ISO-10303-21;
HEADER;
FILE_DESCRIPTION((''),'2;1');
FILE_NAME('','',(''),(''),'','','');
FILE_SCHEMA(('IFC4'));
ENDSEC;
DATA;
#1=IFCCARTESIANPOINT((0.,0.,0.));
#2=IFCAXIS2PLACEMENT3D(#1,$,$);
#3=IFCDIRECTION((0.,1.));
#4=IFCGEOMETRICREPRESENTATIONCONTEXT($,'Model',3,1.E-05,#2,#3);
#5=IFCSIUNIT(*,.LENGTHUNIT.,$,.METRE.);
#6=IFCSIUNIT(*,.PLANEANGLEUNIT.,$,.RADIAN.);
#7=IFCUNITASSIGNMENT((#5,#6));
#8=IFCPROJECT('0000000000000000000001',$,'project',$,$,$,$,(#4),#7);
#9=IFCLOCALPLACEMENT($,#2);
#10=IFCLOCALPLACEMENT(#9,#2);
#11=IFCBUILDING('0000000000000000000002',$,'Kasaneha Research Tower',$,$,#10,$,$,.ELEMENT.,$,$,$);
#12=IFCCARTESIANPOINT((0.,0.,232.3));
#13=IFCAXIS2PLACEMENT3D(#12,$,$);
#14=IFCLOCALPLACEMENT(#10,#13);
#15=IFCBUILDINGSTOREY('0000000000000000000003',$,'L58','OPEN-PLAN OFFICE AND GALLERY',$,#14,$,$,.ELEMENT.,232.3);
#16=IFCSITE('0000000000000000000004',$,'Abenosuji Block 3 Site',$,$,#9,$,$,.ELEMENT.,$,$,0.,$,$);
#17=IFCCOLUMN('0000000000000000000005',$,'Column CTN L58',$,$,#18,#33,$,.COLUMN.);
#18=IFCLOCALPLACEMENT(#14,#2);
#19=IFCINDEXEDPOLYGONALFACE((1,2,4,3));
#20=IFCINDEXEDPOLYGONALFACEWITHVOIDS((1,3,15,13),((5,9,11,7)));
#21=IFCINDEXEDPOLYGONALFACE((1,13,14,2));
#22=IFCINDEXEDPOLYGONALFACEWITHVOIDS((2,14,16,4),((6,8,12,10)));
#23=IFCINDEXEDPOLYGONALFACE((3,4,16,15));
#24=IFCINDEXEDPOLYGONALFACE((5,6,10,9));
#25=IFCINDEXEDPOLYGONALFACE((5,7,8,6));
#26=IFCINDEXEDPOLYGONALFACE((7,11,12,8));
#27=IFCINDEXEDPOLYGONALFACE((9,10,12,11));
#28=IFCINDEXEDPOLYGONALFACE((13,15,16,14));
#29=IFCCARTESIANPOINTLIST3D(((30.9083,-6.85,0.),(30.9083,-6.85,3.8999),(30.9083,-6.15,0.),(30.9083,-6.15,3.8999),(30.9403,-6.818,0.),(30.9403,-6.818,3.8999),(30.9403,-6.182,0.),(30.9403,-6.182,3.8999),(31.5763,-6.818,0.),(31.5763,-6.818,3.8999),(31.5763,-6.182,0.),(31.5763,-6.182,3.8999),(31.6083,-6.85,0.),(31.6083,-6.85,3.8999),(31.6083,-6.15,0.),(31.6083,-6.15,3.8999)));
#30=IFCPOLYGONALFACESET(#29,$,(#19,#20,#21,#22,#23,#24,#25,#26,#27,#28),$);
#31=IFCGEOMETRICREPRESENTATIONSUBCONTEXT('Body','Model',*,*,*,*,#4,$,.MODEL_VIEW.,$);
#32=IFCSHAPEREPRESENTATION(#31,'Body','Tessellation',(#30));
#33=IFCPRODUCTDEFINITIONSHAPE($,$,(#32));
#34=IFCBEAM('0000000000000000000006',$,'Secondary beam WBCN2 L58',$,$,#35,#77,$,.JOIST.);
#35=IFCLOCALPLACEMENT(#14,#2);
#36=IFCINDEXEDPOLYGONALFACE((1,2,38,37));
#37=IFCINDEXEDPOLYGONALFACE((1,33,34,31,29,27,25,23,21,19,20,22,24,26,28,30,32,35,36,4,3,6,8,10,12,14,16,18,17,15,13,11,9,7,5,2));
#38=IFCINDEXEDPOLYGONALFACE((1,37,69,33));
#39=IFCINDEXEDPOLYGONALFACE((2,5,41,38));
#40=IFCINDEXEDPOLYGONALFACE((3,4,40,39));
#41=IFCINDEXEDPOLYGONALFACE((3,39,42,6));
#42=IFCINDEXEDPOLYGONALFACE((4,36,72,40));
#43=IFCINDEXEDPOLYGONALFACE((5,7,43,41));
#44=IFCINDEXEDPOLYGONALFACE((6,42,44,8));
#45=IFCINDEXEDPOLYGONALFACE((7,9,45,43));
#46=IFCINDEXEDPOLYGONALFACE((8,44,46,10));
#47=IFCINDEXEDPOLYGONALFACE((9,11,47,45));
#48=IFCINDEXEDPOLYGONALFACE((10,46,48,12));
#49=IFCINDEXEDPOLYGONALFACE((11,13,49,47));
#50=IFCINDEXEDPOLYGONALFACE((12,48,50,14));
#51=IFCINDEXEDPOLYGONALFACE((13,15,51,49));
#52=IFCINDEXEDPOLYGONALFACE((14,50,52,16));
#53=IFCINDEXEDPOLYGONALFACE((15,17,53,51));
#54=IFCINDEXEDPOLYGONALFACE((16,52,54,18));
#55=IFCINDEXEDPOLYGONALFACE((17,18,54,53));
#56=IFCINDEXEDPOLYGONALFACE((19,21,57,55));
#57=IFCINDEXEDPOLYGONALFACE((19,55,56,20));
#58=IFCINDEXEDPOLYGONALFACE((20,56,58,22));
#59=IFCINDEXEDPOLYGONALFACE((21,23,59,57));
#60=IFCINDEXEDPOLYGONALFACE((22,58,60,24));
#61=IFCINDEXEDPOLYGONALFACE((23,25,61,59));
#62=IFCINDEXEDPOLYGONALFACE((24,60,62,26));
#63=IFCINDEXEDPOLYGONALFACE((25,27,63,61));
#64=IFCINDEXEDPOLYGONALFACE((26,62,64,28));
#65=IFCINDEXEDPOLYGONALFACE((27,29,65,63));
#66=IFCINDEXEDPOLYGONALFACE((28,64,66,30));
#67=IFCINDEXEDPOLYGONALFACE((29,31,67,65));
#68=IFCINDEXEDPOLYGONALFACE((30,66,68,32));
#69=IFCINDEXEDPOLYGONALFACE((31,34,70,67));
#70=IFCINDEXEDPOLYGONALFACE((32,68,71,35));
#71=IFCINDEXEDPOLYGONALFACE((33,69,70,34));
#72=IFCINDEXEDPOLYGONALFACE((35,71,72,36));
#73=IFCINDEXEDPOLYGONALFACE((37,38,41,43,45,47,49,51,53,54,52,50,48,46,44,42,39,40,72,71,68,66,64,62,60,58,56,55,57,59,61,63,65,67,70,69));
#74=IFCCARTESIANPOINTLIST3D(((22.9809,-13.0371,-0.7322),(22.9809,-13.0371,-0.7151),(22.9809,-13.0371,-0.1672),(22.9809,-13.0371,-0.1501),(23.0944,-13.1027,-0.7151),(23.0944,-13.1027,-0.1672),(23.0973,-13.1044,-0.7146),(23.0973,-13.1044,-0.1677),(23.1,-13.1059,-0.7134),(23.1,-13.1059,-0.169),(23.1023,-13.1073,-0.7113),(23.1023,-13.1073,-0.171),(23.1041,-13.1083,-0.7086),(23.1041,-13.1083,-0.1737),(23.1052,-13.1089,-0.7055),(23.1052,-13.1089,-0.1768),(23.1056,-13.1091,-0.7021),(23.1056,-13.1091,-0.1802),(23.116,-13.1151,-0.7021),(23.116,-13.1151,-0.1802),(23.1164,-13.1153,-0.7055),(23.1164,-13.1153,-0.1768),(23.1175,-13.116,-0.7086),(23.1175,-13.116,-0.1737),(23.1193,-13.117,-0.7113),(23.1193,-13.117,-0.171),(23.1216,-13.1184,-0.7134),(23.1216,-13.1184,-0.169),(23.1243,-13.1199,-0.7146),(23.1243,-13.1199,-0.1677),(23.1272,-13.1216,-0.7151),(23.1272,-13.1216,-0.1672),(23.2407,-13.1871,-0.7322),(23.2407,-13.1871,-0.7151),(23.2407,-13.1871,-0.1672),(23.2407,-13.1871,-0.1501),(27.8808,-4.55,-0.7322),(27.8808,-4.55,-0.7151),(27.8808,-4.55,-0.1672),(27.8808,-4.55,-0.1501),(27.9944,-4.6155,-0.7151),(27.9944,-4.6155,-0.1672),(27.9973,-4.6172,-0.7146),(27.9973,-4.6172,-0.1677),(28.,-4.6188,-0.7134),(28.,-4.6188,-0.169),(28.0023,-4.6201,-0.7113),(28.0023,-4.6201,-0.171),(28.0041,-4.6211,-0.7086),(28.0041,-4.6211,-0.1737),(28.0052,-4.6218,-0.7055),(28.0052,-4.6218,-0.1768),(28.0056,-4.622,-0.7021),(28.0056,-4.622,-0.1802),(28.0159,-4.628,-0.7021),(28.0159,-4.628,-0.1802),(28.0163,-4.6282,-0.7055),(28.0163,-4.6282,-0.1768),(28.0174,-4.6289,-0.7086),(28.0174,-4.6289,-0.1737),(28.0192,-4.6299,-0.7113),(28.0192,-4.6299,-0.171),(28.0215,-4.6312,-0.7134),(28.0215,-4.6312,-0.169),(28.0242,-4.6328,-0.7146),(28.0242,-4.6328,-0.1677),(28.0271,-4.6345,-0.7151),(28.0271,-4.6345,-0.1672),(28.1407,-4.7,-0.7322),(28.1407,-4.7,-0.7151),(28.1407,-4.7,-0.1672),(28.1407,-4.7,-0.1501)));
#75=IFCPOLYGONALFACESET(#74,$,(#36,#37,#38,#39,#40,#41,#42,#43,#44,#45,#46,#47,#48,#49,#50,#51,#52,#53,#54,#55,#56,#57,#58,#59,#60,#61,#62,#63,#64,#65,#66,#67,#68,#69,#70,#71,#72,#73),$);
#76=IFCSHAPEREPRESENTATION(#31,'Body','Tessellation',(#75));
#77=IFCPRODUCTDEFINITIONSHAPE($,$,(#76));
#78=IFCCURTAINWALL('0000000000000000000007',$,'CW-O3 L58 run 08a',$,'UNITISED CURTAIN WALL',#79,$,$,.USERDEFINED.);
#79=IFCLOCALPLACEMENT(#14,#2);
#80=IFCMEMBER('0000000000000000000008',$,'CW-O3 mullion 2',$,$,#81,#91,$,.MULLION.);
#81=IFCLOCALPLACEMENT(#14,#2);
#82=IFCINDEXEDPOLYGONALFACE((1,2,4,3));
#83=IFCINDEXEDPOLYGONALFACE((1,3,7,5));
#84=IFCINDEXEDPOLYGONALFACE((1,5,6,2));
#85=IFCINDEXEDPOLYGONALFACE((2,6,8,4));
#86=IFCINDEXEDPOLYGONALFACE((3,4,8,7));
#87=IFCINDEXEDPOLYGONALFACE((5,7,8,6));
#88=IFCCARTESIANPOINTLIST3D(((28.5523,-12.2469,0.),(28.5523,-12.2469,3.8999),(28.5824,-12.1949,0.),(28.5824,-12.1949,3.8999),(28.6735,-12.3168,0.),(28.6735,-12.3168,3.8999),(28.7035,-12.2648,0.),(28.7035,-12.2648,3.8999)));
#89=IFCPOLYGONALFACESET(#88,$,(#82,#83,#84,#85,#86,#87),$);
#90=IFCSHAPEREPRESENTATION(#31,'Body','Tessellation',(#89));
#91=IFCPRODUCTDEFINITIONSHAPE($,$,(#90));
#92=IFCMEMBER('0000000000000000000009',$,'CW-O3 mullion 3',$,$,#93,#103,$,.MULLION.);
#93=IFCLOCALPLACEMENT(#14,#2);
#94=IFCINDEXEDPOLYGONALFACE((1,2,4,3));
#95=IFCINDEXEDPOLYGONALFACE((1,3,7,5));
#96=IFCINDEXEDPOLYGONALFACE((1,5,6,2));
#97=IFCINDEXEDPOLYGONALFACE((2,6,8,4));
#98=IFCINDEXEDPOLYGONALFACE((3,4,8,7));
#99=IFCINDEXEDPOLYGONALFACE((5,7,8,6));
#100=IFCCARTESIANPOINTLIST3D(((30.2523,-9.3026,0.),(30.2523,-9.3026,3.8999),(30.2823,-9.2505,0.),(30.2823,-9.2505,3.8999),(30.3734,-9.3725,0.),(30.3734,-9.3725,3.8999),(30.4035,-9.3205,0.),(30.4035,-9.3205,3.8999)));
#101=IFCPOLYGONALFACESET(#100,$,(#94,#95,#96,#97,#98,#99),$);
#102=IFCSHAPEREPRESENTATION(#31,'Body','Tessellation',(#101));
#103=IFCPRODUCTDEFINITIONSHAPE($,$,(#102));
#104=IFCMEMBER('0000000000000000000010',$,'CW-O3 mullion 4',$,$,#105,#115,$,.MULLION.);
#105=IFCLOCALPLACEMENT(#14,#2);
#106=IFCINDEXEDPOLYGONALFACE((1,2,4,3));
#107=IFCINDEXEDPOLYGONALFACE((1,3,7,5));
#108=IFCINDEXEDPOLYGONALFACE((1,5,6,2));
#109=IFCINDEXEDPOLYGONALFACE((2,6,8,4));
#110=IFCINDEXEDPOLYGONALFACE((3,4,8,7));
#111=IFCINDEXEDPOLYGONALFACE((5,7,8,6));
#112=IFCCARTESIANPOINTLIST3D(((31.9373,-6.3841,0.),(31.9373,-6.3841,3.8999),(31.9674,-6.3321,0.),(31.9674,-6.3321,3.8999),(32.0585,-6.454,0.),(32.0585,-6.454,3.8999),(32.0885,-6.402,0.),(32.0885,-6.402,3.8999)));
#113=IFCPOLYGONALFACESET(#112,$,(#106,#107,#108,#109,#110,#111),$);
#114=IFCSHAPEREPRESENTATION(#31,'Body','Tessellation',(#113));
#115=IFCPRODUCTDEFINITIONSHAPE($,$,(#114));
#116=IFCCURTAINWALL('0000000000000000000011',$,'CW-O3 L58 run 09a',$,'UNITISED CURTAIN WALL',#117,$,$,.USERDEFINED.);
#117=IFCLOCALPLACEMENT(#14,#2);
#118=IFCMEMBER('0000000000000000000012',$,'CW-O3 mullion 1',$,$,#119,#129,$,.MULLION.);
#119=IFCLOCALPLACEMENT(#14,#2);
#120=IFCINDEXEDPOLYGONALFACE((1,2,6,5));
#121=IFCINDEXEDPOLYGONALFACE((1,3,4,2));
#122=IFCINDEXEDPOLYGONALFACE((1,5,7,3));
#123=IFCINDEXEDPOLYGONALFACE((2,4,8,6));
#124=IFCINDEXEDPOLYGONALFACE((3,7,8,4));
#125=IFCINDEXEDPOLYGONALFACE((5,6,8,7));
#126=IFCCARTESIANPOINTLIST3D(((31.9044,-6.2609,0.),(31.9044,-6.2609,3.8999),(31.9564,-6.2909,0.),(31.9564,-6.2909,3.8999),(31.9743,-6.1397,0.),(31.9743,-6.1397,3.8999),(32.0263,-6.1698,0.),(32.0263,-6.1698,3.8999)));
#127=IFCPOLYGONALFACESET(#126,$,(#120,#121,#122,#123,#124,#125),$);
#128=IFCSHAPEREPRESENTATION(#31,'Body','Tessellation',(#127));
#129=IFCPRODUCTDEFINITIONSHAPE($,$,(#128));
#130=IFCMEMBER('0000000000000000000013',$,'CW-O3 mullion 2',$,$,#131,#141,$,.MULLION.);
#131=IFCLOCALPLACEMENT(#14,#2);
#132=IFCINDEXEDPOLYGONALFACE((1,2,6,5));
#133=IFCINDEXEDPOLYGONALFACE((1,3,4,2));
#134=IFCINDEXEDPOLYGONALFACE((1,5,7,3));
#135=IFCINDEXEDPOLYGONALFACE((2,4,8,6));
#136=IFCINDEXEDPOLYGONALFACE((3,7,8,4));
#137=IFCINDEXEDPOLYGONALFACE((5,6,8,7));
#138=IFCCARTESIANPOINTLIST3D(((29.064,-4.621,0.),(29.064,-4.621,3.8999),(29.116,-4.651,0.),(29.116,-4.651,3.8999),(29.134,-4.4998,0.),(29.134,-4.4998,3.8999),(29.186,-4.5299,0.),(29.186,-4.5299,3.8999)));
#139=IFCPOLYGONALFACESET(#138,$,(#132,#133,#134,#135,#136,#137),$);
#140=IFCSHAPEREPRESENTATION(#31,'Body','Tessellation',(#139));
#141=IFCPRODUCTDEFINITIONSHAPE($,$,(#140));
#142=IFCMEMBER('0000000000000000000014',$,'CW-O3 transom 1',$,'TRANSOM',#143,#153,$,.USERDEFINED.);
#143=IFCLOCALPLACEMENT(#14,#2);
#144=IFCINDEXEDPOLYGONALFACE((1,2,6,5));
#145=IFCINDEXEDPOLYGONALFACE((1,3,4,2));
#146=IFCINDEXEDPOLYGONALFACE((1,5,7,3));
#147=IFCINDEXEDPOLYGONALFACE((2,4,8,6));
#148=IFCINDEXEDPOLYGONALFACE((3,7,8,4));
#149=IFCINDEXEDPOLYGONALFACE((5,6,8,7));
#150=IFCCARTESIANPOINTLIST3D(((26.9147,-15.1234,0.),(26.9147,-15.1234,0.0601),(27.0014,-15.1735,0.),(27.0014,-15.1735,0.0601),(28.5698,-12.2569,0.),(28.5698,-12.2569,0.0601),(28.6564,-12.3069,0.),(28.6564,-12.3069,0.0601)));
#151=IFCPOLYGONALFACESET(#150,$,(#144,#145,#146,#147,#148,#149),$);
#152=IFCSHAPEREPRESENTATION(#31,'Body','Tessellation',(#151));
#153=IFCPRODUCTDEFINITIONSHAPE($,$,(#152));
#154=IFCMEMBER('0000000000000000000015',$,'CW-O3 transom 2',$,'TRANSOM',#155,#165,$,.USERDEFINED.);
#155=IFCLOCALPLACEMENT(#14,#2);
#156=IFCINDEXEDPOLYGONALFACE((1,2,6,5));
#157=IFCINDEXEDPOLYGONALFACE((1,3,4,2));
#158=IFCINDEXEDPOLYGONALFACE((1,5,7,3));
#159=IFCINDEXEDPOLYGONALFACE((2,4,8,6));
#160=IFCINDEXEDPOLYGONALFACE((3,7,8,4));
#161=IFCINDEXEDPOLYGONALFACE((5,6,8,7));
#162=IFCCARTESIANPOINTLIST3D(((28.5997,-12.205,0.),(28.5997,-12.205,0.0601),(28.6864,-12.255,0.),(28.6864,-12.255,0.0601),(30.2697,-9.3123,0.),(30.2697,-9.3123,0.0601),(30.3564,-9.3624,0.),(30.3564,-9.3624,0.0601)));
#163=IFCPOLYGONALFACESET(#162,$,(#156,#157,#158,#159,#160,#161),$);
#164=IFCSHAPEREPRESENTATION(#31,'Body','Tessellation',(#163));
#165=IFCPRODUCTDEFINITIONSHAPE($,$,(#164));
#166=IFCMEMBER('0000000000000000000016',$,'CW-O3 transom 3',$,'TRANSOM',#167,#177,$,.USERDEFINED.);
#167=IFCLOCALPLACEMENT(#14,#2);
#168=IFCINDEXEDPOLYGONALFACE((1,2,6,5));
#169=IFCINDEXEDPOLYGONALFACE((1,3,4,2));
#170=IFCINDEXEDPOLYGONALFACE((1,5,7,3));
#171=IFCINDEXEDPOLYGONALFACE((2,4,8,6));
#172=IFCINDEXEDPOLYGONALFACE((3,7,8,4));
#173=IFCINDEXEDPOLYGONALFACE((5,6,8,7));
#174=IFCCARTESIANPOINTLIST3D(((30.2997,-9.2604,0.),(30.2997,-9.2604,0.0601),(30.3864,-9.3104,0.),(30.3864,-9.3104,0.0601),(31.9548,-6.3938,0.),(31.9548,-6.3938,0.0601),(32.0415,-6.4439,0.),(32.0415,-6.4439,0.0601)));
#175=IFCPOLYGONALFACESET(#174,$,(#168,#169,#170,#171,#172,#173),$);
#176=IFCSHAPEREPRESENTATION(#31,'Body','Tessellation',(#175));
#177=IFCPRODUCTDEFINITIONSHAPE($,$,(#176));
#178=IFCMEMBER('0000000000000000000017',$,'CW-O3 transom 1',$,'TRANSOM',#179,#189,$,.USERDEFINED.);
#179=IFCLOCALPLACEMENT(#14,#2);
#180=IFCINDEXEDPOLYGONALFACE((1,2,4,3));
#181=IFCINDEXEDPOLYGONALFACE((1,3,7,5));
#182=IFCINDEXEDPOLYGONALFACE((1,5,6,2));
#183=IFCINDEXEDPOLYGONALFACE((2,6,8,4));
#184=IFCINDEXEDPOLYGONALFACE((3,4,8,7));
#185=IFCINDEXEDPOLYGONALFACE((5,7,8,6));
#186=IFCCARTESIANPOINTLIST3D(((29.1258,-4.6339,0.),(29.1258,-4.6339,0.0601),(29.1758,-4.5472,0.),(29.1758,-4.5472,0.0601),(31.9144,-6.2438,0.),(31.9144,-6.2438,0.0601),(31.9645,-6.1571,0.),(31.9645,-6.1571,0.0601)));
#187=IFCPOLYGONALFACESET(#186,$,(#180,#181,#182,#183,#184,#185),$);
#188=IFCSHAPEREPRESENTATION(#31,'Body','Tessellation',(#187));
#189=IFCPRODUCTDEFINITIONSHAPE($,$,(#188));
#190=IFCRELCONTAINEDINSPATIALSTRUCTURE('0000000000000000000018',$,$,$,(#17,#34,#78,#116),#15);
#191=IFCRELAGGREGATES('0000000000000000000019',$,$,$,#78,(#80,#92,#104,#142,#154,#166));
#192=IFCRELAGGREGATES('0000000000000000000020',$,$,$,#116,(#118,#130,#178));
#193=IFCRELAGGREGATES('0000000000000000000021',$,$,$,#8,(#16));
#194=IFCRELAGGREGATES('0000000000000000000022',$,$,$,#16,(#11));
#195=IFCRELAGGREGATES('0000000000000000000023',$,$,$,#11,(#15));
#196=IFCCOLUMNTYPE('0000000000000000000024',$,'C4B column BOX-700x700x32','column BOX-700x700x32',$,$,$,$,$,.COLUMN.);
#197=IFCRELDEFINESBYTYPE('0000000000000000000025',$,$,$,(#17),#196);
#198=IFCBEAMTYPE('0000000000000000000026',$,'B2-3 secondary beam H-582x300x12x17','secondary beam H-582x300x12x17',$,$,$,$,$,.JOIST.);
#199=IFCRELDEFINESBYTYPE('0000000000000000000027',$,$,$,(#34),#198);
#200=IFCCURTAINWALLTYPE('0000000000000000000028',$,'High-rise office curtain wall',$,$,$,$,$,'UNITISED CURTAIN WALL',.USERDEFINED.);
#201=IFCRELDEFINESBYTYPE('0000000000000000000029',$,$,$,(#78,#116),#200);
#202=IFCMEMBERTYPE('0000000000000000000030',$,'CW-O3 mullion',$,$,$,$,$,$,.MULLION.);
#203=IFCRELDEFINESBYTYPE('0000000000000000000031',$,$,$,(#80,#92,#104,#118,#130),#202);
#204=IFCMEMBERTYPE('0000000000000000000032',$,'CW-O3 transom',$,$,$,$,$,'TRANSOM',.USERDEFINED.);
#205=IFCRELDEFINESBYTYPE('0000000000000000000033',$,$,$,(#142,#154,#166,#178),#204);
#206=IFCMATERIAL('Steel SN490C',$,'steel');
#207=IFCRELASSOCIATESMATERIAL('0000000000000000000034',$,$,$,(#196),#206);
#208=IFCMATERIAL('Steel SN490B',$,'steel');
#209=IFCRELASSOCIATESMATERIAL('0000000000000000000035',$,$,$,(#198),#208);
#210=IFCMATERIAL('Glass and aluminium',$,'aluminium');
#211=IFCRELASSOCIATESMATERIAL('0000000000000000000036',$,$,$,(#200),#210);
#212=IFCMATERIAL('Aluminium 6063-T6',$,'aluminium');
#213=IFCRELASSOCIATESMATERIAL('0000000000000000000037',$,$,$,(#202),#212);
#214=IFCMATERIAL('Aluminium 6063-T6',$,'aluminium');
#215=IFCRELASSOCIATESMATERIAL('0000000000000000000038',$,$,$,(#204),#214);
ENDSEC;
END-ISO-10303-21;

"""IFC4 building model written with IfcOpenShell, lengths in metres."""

from ifc_helpers import new_model, si_unit, direction, frame, origin, origin_2d, place, context, subcontext, project, spatial, rectangle, hollow_rectangle, i_section, extrude, material, material_profile, profile_set, type_object, element, aggregate, save


model = new_model("IFC4")

# Units and contexts
model_context = context("Model", 3, precision=1e-05, world=origin(), true_north=direction((0.0, 1.0)))
body_context = subcontext(model_context, "Body", "Model", "MODEL_VIEW")
ifc_project = project(units=[si_unit("LENGTHUNIT", "METRE"), si_unit("PLANEANGLEUNIT", "RADIAN")], contexts=[model_context])

# Site, building, storey
site_placement = place(None, origin())
site = spatial("IfcSite", under=ifc_project, at=site_placement, Name="Abenosuji Block 3 Site", CompositionType="ELEMENT", RefElevation=0.0)
building_placement = place(site_placement, origin())
building = spatial("IfcBuilding", under=site, at=building_placement, Name="Kasaneha Research Tower", CompositionType="ELEMENT")
storey_placement = place(building_placement, frame((0.0, 0.0, 232.3)))
storey = spatial("IfcBuildingStorey", under=building, at=storey_placement, Name="L58", Description="OPEN-PLAN OFFICE AND GALLERY", CompositionType="ELEMENT", Elevation=232.3)

# Column
ifc_material_1 = material(Name="Steel SN490C", Category="steel")
ifc_material_profile_1 = material_profile(ifc_material_1, hollow_rectangle(XDim=0.7, YDim=0.7, WallThickness=0.032, at=origin_2d()), Name="BOX-700x700x32")
ifc_profile_set_1 = profile_set([ifc_material_profile_1], Name="Steel SN490C")
column_type = type_object("IfcColumnType", Name="C4B column BOX-700x700x32", Description="column BOX-700x700x32", PredefinedType="COLUMN", material=ifc_profile_set_1)
column_placement = place(storey_placement, frame((31.2583, -6.5, 0.0), z_axis=(0.0, 0.0, 1.0), x_axis=(1.0, 0.0, 0.0)))
element("IfcColumn", 1, at=column_placement, inside=storey, type_object=column_type, Name="Column CTN L58", PredefinedType="COLUMN", context=body_context, shape_type="SweptSolid", body=[
    extrude(hollow_rectangle(XDim=0.7, YDim=0.7, WallThickness=0.032, at=origin_2d()), origin(), (0.0, 0.0, 1.0), 3.8999),
])

# Beam
ifc_material_2 = material(Name="Steel SN490B", Category="steel")
ifc_material_profile_2 = material_profile(ifc_material_2, i_section(OverallWidth=0.3, OverallDepth=0.582, WebThickness=0.012, FlangeThickness=0.0171, FilletRadius=0.0129, at=origin_2d()), Name="H-582x300x12x17")
ifc_profile_set_2 = profile_set([ifc_material_profile_2], Name="Steel SN490B")
beam_type_1 = type_object("IfcBeamType", Name="B2-3 secondary beam H-582x300x12x17", Description="secondary beam H-582x300x12x17", PredefinedType="JOIST", material=ifc_profile_set_2)
beam_1_placement = place(storey_placement, frame((28.0107, -4.625, -0.4412), z_axis=(-0.499992, -0.86603, 0.0), x_axis=(0.86603, -0.499992, 0.0)))
element("IfcBeam", 2, at=beam_1_placement, inside=storey, type_object=beam_type_1, Name="Secondary beam WBCN2 L58", PredefinedType="JOIST", context=body_context, shape_type="SweptSolid", body=[
    extrude(i_section(OverallWidth=0.3, OverallDepth=0.582, WebThickness=0.012, FlangeThickness=0.0171, FilletRadius=0.0129, at=origin_2d()), origin(), (0.0, 0.0, 1.0), 9.8),
])

# Curtain walls, members
ifc_material_3 = material(Name="Glass and aluminium", Category="aluminium")
curtain_wall_type = type_object("IfcCurtainWallType", Name="High-rise office curtain wall", ElementType="UNITISED CURTAIN WALL", PredefinedType="USERDEFINED", material=ifc_material_3)
curtain_wall_1_placement = place(storey_placement, origin())
curtain_wall_1 = element("IfcCurtainWall", 3, at=curtain_wall_1_placement, inside=storey, type_object=curtain_wall_type, Name="CW-O3 L58 run 08a", ObjectType="UNITISED CURTAIN WALL", PredefinedType="USERDEFINED")
ifc_material_4 = material(Name="Aluminium 6063-T6", Category="aluminium")
ifc_material_profile_3 = material_profile(ifc_material_4, rectangle(XDim=0.0601, YDim=0.1399, at=origin_2d()), Name="CW-O3 mullion 60x140")
ifc_profile_set_3 = profile_set([ifc_material_profile_3], Name="Aluminium 6063-T6")
member_type_1 = type_object("IfcMemberType", Name="CW-O3 mullion", PredefinedType="MULLION", material=ifc_profile_set_3)
member_1_placement = place(storey_placement, frame((28.6279, -12.2559, 0.0), z_axis=(0.0, 0.0, 1.0), x_axis=(0.5, 0.866025, 0.0)))
member_1 = element("IfcMember", 4, at=member_1_placement, type_object=member_type_1, Name="CW-O3 mullion 2", PredefinedType="MULLION", context=body_context, shape_type="SweptSolid", body=[
    extrude(rectangle(XDim=0.0601, YDim=0.1399, at=origin_2d()), origin(), (0.0, 0.0, 1.0), 3.8999),
])
member_2_placement = place(storey_placement, frame((30.3279, -9.3115, 0.0), z_axis=(0.0, 0.0, 1.0), x_axis=(0.5, 0.866025, 0.0)))
member_2 = element("IfcMember", 5, at=member_2_placement, type_object=member_type_1, Name="CW-O3 mullion 3", PredefinedType="MULLION", context=body_context, shape_type="SweptSolid", body=[
    extrude(rectangle(XDim=0.0601, YDim=0.1399, at=origin_2d()), origin(), (0.0, 0.0, 1.0), 3.8999),
])
member_3_placement = place(storey_placement, frame((32.0129, -6.3931, 0.0), z_axis=(0.0, 0.0, 1.0), x_axis=(0.5, 0.866025, 0.0)))
member_3 = element("IfcMember", 6, at=member_3_placement, type_object=member_type_1, Name="CW-O3 mullion 4", PredefinedType="MULLION", context=body_context, shape_type="SweptSolid", body=[
    extrude(rectangle(XDim=0.0601, YDim=0.1399, at=origin_2d()), origin(), (0.0, 0.0, 1.0), 3.8999),
])
curtain_wall_2_placement = place(storey_placement, origin())
curtain_wall_2 = element("IfcCurtainWall", 7, at=curtain_wall_2_placement, inside=storey, type_object=curtain_wall_type, Name="CW-O3 L58 run 09a", ObjectType="UNITISED CURTAIN WALL", PredefinedType="USERDEFINED")
member_4_placement = place(storey_placement, frame((31.9653, -6.2153, 0.0), z_axis=(0.0, 0.0, 1.0), x_axis=(-0.866025, 0.5, 0.0)))
member_4 = element("IfcMember", 8, at=member_4_placement, type_object=member_type_1, Name="CW-O3 mullion 1", PredefinedType="MULLION", context=body_context, shape_type="SweptSolid", body=[
    extrude(rectangle(XDim=0.0601, YDim=0.1399, at=origin_2d()), origin(), (0.0, 0.0, 1.0), 3.8999),
])
member_5_placement = place(storey_placement, frame((29.125, -4.5754, 0.0), z_axis=(0.0, 0.0, 1.0), x_axis=(-0.866025, 0.5, 0.0)))
member_5 = element("IfcMember", 9, at=member_5_placement, type_object=member_type_1, Name="CW-O3 mullion 2", PredefinedType="MULLION", context=body_context, shape_type="SweptSolid", body=[
    extrude(rectangle(XDim=0.0601, YDim=0.1399, at=origin_2d()), origin(), (0.0, 0.0, 1.0), 3.8999),
])

# Members
ifc_material_5 = material(Name="Aluminium 6063-T6", Category="aluminium")
ifc_material_profile_4 = material_profile(ifc_material_5, rectangle(XDim=0.1001, YDim=0.0601, at=origin_2d()), Name="CW-O3 transom 100x60")
ifc_profile_set_4 = profile_set([ifc_material_profile_4], Name="Aluminium 6063-T6")
member_type_2 = type_object("IfcMemberType", Name="CW-O3 transom", ElementType="TRANSOM", PredefinedType="USERDEFINED", material=ifc_profile_set_4)
member_6_placement = place(storey_placement, frame((26.958, -15.1484, 0.03), z_axis=(0.500018, 0.866015, 0.0), x_axis=(-0.866015, 0.500018, 0.0)))
member_6 = element("IfcMember", 10, at=member_6_placement, type_object=member_type_2, Name="CW-O3 transom 1", ObjectType="TRANSOM", PredefinedType="USERDEFINED", context=body_context, shape_type="SweptSolid", body=[
    extrude(rectangle(XDim=0.1001, YDim=0.0601, at=origin_2d()), origin(), (0.0, 0.0, 1.0), 3.3101),
])
member_7_placement = place(storey_placement, frame((28.6431, -12.23, 0.03), z_axis=(0.499976, 0.86604, 0.0), x_axis=(-0.86604, 0.499976, 0.0)))
member_7 = element("IfcMember", 11, at=member_7_placement, type_object=member_type_2, Name="CW-O3 transom 2", ObjectType="TRANSOM", PredefinedType="USERDEFINED", context=body_context, shape_type="SweptSolid", body=[
    extrude(rectangle(XDim=0.1001, YDim=0.0601, at=origin_2d()), origin(), (0.0, 0.0, 1.0), 3.3401),
])
member_8_placement = place(storey_placement, frame((30.343, -9.2854, 0.03), z_axis=(0.500018, 0.866015, 0.0), x_axis=(-0.866015, 0.500018, 0.0)))
member_8 = element("IfcMember", 12, at=member_8_placement, type_object=member_type_2, Name="CW-O3 transom 3", ObjectType="TRANSOM", PredefinedType="USERDEFINED", context=body_context, shape_type="SweptSolid", body=[
    extrude(rectangle(XDim=0.1001, YDim=0.0601, at=origin_2d()), origin(), (0.0, 0.0, 1.0), 3.3101),
])
member_9_placement = place(storey_placement, frame((31.9395, -6.2004, 0.03), z_axis=(-0.866042, 0.499972, 0.0), x_axis=(-0.499972, -0.866042, 0.0)))
member_9 = element("IfcMember", 13, at=member_9_placement, type_object=member_type_2, Name="CW-O3 transom 1", ObjectType="TRANSOM", PredefinedType="USERDEFINED", context=body_context, shape_type="SweptSolid", body=[
    extrude(rectangle(XDim=0.1001, YDim=0.0601, at=origin_2d()), origin(), (0.0, 0.0, 1.0), 3.22),
])

aggregate(curtain_wall_1, [member_1, member_2, member_3, member_6, member_7, member_8])
aggregate(curtain_wall_2, [member_4, member_5, member_9])

save(model, "model.ifc")
